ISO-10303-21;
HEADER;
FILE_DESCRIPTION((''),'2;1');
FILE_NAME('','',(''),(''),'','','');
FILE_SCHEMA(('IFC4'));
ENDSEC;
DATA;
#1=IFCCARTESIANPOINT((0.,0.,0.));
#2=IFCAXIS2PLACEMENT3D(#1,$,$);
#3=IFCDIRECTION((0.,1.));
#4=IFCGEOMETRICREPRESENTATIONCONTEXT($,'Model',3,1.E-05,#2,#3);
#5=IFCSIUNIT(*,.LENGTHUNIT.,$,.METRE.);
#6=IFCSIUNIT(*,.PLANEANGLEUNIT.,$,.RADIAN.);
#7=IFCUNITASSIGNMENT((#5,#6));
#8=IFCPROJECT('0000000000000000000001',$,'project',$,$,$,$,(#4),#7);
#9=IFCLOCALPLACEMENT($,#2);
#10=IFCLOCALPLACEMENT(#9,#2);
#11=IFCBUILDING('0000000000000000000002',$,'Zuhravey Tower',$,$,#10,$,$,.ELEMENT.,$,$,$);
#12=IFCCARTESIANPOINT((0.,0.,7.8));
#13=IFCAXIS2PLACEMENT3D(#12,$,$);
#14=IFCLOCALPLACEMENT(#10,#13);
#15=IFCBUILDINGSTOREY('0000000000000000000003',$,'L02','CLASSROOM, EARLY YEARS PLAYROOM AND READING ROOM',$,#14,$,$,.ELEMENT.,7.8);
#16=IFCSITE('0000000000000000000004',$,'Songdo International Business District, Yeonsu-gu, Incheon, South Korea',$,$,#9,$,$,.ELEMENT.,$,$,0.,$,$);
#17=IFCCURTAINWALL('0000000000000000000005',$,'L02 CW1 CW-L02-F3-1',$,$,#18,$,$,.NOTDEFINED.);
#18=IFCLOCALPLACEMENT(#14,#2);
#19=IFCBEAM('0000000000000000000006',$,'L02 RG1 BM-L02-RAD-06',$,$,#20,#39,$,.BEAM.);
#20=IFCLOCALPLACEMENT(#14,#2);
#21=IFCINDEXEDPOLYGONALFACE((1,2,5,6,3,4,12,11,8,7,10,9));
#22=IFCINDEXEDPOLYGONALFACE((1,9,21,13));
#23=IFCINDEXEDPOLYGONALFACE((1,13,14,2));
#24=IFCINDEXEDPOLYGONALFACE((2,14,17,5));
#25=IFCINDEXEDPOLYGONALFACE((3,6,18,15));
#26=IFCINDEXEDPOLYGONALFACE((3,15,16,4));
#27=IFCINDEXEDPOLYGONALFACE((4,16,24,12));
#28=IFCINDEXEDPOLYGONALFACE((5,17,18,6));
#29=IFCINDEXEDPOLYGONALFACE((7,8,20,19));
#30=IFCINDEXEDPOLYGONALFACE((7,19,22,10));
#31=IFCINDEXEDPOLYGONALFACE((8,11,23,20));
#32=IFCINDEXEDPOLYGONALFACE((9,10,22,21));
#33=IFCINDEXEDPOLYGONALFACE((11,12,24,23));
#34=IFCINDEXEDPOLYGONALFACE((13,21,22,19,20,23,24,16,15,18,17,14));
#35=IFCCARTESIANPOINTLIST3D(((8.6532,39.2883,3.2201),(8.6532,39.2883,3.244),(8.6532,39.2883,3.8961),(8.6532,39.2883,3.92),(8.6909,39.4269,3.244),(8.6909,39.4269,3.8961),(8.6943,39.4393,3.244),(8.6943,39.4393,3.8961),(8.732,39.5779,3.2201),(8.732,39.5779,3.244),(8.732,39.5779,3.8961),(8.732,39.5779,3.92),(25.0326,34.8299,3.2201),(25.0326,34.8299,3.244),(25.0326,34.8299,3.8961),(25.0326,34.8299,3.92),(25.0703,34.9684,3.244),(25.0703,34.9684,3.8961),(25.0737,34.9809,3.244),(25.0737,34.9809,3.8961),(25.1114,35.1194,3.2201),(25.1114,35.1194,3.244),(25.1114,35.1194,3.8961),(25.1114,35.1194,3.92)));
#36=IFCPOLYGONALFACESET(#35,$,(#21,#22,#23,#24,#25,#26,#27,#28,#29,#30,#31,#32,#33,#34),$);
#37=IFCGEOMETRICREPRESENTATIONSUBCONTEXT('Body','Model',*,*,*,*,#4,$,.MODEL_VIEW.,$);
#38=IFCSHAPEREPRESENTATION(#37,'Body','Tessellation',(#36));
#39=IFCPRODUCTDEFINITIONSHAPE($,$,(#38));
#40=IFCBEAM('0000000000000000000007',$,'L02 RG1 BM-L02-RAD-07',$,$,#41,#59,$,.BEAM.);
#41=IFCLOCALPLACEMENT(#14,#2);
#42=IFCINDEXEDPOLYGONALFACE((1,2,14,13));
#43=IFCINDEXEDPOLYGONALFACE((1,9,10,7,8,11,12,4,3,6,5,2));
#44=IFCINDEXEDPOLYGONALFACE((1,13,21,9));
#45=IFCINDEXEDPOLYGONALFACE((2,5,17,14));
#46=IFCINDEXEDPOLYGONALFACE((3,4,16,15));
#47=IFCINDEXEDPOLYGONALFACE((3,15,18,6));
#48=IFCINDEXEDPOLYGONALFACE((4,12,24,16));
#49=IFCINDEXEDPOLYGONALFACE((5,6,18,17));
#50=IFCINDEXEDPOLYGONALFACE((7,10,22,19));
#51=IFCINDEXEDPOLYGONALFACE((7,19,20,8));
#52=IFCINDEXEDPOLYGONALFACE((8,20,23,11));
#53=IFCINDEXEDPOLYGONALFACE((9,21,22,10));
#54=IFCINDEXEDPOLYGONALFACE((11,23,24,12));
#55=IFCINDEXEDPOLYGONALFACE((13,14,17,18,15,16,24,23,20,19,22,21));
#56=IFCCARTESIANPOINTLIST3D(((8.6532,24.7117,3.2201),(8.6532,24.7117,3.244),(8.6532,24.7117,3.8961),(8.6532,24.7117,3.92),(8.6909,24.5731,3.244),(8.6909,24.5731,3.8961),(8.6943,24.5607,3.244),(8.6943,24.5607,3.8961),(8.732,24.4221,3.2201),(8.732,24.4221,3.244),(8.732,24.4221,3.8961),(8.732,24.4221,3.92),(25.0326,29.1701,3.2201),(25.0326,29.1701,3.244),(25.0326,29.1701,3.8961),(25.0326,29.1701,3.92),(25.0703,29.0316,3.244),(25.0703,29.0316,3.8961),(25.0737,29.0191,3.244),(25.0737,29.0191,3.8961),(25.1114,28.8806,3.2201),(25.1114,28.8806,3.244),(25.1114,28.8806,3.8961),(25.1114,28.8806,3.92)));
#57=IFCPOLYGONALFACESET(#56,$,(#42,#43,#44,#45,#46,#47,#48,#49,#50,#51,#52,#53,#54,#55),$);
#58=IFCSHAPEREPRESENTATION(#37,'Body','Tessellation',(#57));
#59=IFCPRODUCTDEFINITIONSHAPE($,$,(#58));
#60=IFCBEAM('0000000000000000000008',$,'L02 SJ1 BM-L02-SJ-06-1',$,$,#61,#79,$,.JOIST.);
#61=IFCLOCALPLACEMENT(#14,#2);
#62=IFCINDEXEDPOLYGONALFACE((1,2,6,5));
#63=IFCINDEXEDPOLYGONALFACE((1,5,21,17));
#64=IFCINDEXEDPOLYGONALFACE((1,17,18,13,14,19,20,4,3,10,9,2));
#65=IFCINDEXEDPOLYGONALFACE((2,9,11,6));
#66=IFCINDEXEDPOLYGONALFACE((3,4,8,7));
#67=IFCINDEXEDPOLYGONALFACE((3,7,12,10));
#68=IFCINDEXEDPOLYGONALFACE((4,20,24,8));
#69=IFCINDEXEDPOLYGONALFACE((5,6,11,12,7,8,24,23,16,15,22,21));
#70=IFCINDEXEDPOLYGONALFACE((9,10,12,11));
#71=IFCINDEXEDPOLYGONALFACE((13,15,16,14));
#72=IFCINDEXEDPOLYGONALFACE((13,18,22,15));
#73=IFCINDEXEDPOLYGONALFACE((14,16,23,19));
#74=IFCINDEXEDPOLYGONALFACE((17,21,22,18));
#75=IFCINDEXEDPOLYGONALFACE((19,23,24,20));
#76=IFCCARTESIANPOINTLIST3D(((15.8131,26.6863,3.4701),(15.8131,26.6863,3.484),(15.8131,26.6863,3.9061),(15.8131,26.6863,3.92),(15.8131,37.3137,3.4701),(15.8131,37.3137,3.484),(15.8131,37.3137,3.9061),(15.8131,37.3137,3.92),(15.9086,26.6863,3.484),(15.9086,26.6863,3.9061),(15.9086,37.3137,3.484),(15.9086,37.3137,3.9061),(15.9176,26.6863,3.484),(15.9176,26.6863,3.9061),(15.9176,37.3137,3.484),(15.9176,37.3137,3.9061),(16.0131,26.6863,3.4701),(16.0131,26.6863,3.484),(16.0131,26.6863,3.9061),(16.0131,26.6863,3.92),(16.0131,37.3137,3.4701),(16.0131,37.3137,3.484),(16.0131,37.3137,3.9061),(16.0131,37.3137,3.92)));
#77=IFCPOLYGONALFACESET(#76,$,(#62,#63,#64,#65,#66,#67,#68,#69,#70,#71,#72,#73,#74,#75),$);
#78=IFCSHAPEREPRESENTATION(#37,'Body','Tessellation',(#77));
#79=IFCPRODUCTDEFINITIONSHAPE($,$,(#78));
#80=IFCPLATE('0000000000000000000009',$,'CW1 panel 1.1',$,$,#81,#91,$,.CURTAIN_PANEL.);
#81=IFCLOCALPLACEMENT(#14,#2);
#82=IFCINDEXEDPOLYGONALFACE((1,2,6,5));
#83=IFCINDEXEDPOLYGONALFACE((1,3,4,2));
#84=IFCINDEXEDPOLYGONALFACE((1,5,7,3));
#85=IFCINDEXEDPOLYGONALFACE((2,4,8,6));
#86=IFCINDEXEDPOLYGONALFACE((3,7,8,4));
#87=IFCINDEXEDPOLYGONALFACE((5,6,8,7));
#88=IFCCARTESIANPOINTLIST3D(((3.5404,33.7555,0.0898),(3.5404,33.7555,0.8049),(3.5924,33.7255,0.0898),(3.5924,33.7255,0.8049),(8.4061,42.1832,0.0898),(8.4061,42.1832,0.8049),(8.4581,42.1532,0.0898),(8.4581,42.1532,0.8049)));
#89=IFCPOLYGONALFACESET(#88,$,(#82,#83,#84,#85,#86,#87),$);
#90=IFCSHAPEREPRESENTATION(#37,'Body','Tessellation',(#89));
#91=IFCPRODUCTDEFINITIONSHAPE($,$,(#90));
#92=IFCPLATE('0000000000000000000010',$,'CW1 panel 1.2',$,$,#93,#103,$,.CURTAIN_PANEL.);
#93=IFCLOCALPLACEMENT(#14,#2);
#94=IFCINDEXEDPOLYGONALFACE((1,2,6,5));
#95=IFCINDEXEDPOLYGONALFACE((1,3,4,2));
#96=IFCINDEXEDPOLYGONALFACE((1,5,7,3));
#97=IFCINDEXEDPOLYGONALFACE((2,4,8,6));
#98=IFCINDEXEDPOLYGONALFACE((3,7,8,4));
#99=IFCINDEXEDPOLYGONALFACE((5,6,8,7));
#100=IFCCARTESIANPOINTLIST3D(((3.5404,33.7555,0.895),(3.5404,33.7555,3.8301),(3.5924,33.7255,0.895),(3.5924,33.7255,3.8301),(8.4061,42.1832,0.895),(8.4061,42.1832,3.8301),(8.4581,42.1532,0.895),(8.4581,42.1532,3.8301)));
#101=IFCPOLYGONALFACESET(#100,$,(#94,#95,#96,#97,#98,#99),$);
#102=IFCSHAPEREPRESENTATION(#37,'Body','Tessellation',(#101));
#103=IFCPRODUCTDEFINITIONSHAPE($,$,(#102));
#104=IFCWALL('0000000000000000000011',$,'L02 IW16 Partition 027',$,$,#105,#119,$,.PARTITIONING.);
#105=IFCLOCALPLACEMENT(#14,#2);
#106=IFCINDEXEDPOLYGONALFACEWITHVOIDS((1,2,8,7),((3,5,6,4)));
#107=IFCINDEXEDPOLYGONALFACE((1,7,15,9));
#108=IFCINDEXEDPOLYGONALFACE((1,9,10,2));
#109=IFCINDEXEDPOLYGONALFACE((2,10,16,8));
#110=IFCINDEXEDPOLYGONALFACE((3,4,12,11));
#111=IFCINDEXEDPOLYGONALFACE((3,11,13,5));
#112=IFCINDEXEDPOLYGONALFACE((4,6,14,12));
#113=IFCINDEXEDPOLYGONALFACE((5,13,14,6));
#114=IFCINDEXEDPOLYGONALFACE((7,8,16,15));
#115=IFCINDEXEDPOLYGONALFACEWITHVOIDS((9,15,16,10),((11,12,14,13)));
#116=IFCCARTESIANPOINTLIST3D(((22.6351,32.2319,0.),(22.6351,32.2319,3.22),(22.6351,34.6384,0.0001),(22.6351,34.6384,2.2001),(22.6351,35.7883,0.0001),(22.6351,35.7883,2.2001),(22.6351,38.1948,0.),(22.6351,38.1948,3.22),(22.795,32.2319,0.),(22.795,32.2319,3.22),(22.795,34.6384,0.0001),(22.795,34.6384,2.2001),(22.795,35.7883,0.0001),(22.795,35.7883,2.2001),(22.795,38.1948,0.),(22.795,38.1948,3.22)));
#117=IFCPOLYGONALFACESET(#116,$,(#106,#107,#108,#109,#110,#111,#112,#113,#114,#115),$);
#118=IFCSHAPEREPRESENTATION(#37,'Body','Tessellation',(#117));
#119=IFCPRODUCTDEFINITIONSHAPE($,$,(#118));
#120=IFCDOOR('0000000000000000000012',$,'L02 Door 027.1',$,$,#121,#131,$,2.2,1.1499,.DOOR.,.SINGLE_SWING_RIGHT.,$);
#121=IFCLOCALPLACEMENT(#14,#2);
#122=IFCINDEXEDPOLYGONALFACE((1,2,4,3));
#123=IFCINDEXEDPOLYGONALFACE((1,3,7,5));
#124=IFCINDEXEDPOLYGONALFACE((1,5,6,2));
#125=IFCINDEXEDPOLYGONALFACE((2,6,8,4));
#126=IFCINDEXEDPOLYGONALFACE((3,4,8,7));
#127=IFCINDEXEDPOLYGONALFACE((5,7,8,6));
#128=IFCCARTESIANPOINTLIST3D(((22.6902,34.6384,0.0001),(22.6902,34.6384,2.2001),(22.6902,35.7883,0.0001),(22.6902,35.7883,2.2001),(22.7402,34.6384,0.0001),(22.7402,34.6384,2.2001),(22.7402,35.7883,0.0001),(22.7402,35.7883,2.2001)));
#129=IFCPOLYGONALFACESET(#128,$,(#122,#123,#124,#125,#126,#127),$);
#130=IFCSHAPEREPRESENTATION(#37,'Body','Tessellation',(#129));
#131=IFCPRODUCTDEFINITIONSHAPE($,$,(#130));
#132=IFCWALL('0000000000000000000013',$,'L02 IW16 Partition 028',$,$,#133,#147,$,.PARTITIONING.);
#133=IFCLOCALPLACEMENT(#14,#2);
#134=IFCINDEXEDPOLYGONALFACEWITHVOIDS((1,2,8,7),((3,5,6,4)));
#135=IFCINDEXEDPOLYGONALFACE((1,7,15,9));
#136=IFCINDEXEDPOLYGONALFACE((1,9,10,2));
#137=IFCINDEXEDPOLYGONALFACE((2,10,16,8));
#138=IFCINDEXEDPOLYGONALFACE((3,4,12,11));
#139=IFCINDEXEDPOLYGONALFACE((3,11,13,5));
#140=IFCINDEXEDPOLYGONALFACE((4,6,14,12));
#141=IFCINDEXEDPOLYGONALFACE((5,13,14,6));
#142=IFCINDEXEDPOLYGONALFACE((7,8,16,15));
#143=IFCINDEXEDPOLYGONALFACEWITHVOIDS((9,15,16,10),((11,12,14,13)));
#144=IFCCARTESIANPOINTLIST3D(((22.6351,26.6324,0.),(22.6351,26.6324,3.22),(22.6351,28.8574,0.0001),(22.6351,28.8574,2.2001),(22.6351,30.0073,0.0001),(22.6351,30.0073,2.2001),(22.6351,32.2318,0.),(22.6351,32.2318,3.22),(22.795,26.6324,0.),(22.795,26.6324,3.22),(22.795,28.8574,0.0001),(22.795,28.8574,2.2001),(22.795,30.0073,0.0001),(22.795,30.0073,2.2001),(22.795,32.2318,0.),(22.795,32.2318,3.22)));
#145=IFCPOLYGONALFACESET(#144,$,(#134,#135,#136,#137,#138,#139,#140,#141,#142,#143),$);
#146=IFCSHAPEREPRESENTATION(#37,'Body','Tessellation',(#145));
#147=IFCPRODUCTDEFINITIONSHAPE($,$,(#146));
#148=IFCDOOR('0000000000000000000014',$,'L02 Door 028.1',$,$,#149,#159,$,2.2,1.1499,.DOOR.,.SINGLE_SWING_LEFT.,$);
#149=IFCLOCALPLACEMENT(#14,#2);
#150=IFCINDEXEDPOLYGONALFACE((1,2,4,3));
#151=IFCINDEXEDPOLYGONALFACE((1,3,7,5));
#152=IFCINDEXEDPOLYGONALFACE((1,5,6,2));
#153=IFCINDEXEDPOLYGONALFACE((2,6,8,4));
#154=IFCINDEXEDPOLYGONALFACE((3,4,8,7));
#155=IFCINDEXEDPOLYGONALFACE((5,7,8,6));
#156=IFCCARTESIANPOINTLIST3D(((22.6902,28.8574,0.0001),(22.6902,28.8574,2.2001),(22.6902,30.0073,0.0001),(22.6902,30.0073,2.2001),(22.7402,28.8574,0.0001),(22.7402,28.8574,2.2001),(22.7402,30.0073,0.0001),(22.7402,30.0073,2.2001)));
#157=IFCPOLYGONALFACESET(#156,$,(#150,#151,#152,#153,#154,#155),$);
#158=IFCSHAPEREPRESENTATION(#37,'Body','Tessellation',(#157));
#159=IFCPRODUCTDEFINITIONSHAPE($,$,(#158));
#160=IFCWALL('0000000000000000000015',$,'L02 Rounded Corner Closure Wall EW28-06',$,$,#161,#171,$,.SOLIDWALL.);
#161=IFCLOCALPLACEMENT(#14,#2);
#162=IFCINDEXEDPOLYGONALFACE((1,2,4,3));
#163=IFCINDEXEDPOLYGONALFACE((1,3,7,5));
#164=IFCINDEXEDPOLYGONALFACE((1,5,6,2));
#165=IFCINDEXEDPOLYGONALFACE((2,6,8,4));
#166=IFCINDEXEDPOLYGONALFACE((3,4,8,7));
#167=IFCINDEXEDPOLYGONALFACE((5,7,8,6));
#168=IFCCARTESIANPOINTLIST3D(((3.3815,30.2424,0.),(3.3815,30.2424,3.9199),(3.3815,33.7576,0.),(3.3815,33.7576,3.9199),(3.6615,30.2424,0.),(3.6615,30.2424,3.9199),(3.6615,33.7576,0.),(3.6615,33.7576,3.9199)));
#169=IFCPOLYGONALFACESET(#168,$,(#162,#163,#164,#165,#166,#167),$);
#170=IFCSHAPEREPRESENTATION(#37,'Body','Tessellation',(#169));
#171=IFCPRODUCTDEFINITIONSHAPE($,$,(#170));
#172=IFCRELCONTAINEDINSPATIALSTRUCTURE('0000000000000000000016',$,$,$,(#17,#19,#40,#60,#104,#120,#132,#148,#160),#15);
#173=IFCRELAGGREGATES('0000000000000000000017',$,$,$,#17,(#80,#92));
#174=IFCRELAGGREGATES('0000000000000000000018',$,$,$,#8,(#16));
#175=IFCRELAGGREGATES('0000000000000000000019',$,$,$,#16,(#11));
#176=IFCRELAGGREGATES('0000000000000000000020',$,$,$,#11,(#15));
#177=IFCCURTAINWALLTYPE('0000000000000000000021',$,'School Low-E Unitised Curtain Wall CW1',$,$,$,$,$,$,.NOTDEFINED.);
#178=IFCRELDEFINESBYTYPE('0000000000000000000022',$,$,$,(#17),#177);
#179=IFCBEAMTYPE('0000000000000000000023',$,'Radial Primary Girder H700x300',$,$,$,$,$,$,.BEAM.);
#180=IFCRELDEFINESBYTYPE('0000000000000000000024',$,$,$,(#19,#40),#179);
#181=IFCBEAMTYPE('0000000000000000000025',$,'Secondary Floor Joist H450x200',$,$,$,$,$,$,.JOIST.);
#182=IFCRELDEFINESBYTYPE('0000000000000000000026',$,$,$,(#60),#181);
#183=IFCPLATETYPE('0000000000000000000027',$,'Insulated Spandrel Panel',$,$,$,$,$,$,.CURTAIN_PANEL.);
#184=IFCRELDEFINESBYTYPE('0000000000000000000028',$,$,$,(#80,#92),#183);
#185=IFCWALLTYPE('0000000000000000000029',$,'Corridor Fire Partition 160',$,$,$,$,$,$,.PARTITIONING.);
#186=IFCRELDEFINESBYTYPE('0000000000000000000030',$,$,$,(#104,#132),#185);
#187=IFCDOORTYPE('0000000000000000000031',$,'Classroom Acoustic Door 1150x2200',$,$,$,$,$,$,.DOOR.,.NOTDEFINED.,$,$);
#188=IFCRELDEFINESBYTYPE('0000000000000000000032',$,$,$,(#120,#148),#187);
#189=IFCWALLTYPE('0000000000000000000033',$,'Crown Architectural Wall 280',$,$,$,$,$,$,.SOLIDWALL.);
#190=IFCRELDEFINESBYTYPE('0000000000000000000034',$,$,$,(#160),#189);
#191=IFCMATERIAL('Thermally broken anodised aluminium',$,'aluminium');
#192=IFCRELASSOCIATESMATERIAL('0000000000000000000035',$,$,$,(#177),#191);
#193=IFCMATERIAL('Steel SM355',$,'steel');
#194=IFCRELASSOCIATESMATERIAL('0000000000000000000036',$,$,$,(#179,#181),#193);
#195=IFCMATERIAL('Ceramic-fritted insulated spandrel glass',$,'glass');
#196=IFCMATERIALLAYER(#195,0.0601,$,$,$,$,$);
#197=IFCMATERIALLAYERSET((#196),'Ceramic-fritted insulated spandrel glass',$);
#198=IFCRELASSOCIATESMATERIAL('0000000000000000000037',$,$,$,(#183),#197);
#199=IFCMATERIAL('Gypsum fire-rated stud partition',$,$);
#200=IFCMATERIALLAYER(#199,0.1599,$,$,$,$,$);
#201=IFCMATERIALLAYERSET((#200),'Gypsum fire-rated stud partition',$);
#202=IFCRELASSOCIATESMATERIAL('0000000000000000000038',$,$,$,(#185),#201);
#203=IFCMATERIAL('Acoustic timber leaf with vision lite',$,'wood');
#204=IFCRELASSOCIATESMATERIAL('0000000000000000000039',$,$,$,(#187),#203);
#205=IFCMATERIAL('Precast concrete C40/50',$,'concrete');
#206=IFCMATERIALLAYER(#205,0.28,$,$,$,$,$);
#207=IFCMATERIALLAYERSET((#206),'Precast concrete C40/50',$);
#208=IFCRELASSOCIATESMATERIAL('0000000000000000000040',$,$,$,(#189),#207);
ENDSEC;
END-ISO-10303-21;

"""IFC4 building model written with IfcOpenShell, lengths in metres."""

from ifc_helpers import new_model, si_unit, direction, frame, frame_2d, origin, origin_2d, place, context, subcontext, project, spatial, rectangle, i_section, extrude, material, layer, layer_set, material_profile, profile_set, type_object, element, fill, aggregate, save


model = new_model("IFC4")

# Units and contexts
model_context = context("Model", 3, precision=1e-05, world=origin(), true_north=direction((0.0, 1.0)))
body_context = subcontext(model_context, "Body", "Model", "MODEL_VIEW")
ifc_project = project(units=[si_unit("LENGTHUNIT", "METRE"), si_unit("PLANEANGLEUNIT", "RADIAN")], contexts=[model_context])

# Site, building, storey
site_placement = place(None, origin())
site = spatial("IfcSite", under=ifc_project, at=site_placement, Name="Songdo International Business District, Yeonsu-gu, Incheon, South Korea", CompositionType="ELEMENT", RefElevation=0.0)
building_placement = place(site_placement, origin())
building = spatial("IfcBuilding", under=site, at=building_placement, Name="Zuhravey Tower", CompositionType="ELEMENT")
storey_placement = place(building_placement, frame((0.0, 0.0, 7.8)))
storey = spatial("IfcBuildingStorey", under=building, at=storey_placement, Name="L02", Description="CLASSROOM, EARLY YEARS PLAYROOM AND READING ROOM", CompositionType="ELEMENT", Elevation=7.8)

# Shared definitions
ifc_material_1 = material(Name="Thermally broken anodised aluminium", Category="aluminium")
curtain_wall_type = type_object("IfcCurtainWallType", Name="School Low-E Unitised Curtain Wall CW1", PredefinedType="NOTDEFINED", material=ifc_material_1)

# Curtain wall
curtain_wall_1_placement = place(storey_placement, origin())
curtain_wall_1 = element("IfcCurtainWall", 1, at=curtain_wall_1_placement, inside=storey, type_object=curtain_wall_type, Name="L02 CW1 CW-L02-F3-1", PredefinedType="NOTDEFINED")

# Beams
ifc_material_2 = material(Name="Steel SM355", Category="steel")
ifc_material_profile_1 = material_profile(ifc_material_2, i_section(OverallWidth=0.3, OverallDepth=0.7, WebThickness=0.0129, FlangeThickness=0.0239, at=origin_2d()), Name="H-700x300x13x24")
ifc_profile_set_1 = profile_set([ifc_material_profile_1], Name="Steel SM355")
beam_type_1 = type_object("IfcBeamType", Name="Radial Primary Girder H700x300", PredefinedType="BEAM", material=ifc_profile_set_1)
for number, where, z_axis, x_axis, name in (
    (2, (25.072, 34.9746, 3.5701), (-0.964892, 0.262645, 0.0), (-0.262645, -0.964892, 0.0), "L02 RG1 BM-L02-RAD-06"),
    (3, (25.072, 29.0254, 3.5701), (-0.964892, -0.262645, 0.0), (0.262645, -0.964892, 0.0), "L02 RG1 BM-L02-RAD-07"),
):
    element("IfcBeam", number, at=place(storey_placement, frame(where, z_axis=z_axis, x_axis=x_axis)), inside=storey, type_object=beam_type_1, Name=name, PredefinedType="BEAM", context=body_context, shape_type="SweptSolid", body=[
        extrude(i_section(OverallWidth=0.3, OverallDepth=0.7, WebThickness=0.0129, FlangeThickness=0.0239, at=origin_2d()), origin(), (0.0, 0.0, 1.0), 16.9753),
    ])
ifc_material_profile_2 = material_profile(ifc_material_2, i_section(OverallWidth=0.2, OverallDepth=0.45, WebThickness=0.009, FlangeThickness=0.0139, at=origin_2d()), Name="H-450x200x9x14")
ifc_profile_set_2 = profile_set([ifc_material_profile_2], Name="Steel SM355")
beam_type_2 = type_object("IfcBeamType", Name="Secondary Floor Joist H450x200", PredefinedType="JOIST", material=ifc_profile_set_2)
beam_1_placement = place(storey_placement, frame((15.9131, 37.3137, 3.6951), z_axis=(0.0, -1.0, 0.0), x_axis=(1.0, 0.0, 0.0)))
element("IfcBeam", 4, at=beam_1_placement, inside=storey, type_object=beam_type_2, Name="L02 SJ1 BM-L02-SJ-06-1", PredefinedType="JOIST", context=body_context, shape_type="SweptSolid", body=[
    extrude(i_section(OverallWidth=0.2, OverallDepth=0.45, WebThickness=0.009, FlangeThickness=0.0139, at=origin_2d()), origin(), (0.0, 0.0, 1.0), 10.6274),
])

# Plates
ifc_material_3 = material(Name="Ceramic-fritted insulated spandrel glass", Category="glass")
ifc_layer_1 = layer(ifc_material_3, 0.0601)
ifc_layer_set_1 = layer_set([ifc_layer_1], Name="Ceramic-fritted insulated spandrel glass")
plate_type = type_object("IfcPlateType", Name="Insulated Spandrel Panel", PredefinedType="CURTAIN_PANEL", material=ifc_layer_set_1)
plate_1_placement = place(storey_placement, frame((5.9993, 37.9543, 0.0898), z_axis=(0.0, 0.0, 1.0), x_axis=(0.5, 0.866026, 0.0)))
plate_1 = element("IfcPlate", 5, at=plate_1_placement, type_object=plate_type, Name="CW1 panel 1.1", PredefinedType="CURTAIN_PANEL", context=body_context, shape_type="SweptSolid", body=[
    extrude(rectangle(XDim=9.7314, YDim=0.0601, at=origin_2d()), origin(), (0.0, 0.0, 1.0), 0.7151),
])
plate_2_placement = place(storey_placement, frame((5.9993, 37.9543, 0.895), z_axis=(0.0, 0.0, 1.0), x_axis=(0.5, 0.866026, 0.0)))
plate_2 = element("IfcPlate", 6, at=plate_2_placement, type_object=plate_type, Name="CW1 panel 1.2", PredefinedType="CURTAIN_PANEL", context=body_context, shape_type="SweptSolid", body=[
    extrude(rectangle(XDim=9.7314, YDim=0.0601, at=origin_2d()), origin(), (0.0, 0.0, 1.0), 2.9351),
])
aggregate(curtain_wall_1, [plate_1, plate_2])

# Walls, openings, doors
ifc_material_4 = material(Name="Gypsum fire-rated stud partition")
ifc_layer_2 = layer(ifc_material_4, 0.1599)
ifc_layer_set_2 = layer_set([ifc_layer_2], Name="Gypsum fire-rated stud partition")
wall_type_1 = type_object("IfcWallType", Name="Corridor Fire Partition 160", PredefinedType="PARTITIONING", material=ifc_layer_set_2)
wall_1_placement = place(storey_placement, frame((22.7151, 38.1948, 0.0), z_axis=(0.0, 0.0, 1.0), x_axis=(0.0, -1.0, 0.0)))
wall_1 = element("IfcWall", 7, at=wall_1_placement, inside=storey, type_object=wall_type_1, Name="L02 IW16 Partition 027", PredefinedType="PARTITIONING", context=body_context, shape_type="SweptSolid", body=[
    extrude(rectangle(XDim=5.9629, YDim=0.1599, at=frame_2d((2.9814, 0.0))), origin(), (0.0, 0.0, 1.0), 3.22),
])
opening_1_placement = place(wall_1_placement, frame((2.4065, 0.0, 0.0)))
opening_1 = element("IfcOpeningElement", 8, at=opening_1_placement, cuts=wall_1, PredefinedType="OPENING", context=body_context, shape_type="SweptSolid", body=[
    extrude(rectangle(XDim=1.1499, YDim=2.2, at=frame_2d((0.575, 1.1001))), frame((0.0, 0.092, 0.0), z_axis=(0.0, -1.0, 0.0), x_axis=(1.0, 0.0, 0.0)), (0.0, 0.0, 1.0), 0.1838),
])
ifc_material_5 = material(Name="Acoustic timber leaf with vision lite", Category="wood")
door_type_1 = type_object("IfcDoorType", Name="Classroom Acoustic Door 1150x2200", OperationType="NOTDEFINED", PredefinedType="DOOR", material=ifc_material_5)
door_1_placement = place(opening_1_placement, frame((1.1499, 0.0, 0.0), z_axis=(0.0, 0.0, 1.0), x_axis=(-1.0, 0.0, 0.0)))
door_1 = element("IfcDoor", 9, at=door_1_placement, inside=storey, type_object=door_type_1, Name="L02 Door 027.1", OperationType="SINGLE_SWING_RIGHT", OverallHeight=2.2, OverallWidth=1.1499, PredefinedType="DOOR", context=body_context, shape_type="SweptSolid", body=[
    extrude(rectangle(XDim=1.1499, YDim=2.2, at=frame_2d((0.575, 1.1001))), frame((0.0, 0.0249, 0.0), z_axis=(0.0, -1.0, 0.0), x_axis=(1.0, 0.0, 0.0)), (0.0, 0.0, 1.0), 0.05),
])
fill(opening_1, door_1)
wall_2_placement = place(storey_placement, frame((22.7151, 32.2319, 0.0), z_axis=(0.0, 0.0, 1.0), x_axis=(0.0, -1.0, 0.0)))
wall_2 = element("IfcWall", 10, at=wall_2_placement, inside=storey, type_object=wall_type_1, Name="L02 IW16 Partition 028", PredefinedType="PARTITIONING", context=body_context, shape_type="SweptSolid", body=[
    extrude(rectangle(XDim=5.5994, YDim=0.1599, at=frame_2d((2.7998, 0.0))), origin(), (0.0, 0.0, 1.0), 3.22),
])
opening_2_placement = place(wall_2_placement, frame((2.2246, 0.0, 0.0)))
opening_2 = element("IfcOpeningElement", 11, at=opening_2_placement, cuts=wall_2, PredefinedType="OPENING", context=body_context, shape_type="SweptSolid", body=[
    extrude(rectangle(XDim=1.1499, YDim=2.2, at=frame_2d((0.575, 1.1001))), frame((0.0, 0.092, 0.0), z_axis=(0.0, -1.0, 0.0), x_axis=(1.0, 0.0, 0.0)), (0.0, 0.0, 1.0), 0.1838),
])
door_2_placement = place(opening_2_placement, frame((1.1499, 0.0, 0.0), z_axis=(0.0, 0.0, 1.0), x_axis=(-1.0, 0.0, 0.0)))
door_2 = element("IfcDoor", 12, at=door_2_placement, inside=storey, type_object=door_type_1, Name="L02 Door 028.1", OperationType="SINGLE_SWING_LEFT", OverallHeight=2.2, OverallWidth=1.1499, PredefinedType="DOOR", context=body_context, shape_type="SweptSolid", body=[
    extrude(rectangle(XDim=1.1499, YDim=2.2, at=frame_2d((0.575, 1.1001))), frame((0.0, 0.0249, 0.0), z_axis=(0.0, -1.0, 0.0), x_axis=(1.0, 0.0, 0.0)), (0.0, 0.0, 1.0), 0.05),
])
fill(opening_2, door_2)

# Wall
ifc_material_6 = material(Name="Precast concrete C40/50", Category="concrete")
ifc_layer_3 = layer(ifc_material_6, 0.28)
ifc_layer_set_3 = layer_set([ifc_layer_3], Name="Precast concrete C40/50")
wall_type_2 = type_object("IfcWallType", Name="Crown Architectural Wall 280", PredefinedType="SOLIDWALL", material=ifc_layer_set_3)
wall_3_placement = place(storey_placement, frame((3.5215, 30.2424, 0.0), z_axis=(0.0, 0.0, 1.0), x_axis=(0.0, 1.0, 0.0)))
element("IfcWall", 13, at=wall_3_placement, inside=storey, type_object=wall_type_2, Name="L02 Rounded Corner Closure Wall EW28-06", PredefinedType="SOLIDWALL", context=body_context, shape_type="SweptSolid", body=[
    extrude(rectangle(XDim=3.5151, YDim=0.28, at=frame_2d((1.7576, 0.0))), origin(), (0.0, 0.0, 1.0), 3.9199),
])

save(model, "model.ifc")
